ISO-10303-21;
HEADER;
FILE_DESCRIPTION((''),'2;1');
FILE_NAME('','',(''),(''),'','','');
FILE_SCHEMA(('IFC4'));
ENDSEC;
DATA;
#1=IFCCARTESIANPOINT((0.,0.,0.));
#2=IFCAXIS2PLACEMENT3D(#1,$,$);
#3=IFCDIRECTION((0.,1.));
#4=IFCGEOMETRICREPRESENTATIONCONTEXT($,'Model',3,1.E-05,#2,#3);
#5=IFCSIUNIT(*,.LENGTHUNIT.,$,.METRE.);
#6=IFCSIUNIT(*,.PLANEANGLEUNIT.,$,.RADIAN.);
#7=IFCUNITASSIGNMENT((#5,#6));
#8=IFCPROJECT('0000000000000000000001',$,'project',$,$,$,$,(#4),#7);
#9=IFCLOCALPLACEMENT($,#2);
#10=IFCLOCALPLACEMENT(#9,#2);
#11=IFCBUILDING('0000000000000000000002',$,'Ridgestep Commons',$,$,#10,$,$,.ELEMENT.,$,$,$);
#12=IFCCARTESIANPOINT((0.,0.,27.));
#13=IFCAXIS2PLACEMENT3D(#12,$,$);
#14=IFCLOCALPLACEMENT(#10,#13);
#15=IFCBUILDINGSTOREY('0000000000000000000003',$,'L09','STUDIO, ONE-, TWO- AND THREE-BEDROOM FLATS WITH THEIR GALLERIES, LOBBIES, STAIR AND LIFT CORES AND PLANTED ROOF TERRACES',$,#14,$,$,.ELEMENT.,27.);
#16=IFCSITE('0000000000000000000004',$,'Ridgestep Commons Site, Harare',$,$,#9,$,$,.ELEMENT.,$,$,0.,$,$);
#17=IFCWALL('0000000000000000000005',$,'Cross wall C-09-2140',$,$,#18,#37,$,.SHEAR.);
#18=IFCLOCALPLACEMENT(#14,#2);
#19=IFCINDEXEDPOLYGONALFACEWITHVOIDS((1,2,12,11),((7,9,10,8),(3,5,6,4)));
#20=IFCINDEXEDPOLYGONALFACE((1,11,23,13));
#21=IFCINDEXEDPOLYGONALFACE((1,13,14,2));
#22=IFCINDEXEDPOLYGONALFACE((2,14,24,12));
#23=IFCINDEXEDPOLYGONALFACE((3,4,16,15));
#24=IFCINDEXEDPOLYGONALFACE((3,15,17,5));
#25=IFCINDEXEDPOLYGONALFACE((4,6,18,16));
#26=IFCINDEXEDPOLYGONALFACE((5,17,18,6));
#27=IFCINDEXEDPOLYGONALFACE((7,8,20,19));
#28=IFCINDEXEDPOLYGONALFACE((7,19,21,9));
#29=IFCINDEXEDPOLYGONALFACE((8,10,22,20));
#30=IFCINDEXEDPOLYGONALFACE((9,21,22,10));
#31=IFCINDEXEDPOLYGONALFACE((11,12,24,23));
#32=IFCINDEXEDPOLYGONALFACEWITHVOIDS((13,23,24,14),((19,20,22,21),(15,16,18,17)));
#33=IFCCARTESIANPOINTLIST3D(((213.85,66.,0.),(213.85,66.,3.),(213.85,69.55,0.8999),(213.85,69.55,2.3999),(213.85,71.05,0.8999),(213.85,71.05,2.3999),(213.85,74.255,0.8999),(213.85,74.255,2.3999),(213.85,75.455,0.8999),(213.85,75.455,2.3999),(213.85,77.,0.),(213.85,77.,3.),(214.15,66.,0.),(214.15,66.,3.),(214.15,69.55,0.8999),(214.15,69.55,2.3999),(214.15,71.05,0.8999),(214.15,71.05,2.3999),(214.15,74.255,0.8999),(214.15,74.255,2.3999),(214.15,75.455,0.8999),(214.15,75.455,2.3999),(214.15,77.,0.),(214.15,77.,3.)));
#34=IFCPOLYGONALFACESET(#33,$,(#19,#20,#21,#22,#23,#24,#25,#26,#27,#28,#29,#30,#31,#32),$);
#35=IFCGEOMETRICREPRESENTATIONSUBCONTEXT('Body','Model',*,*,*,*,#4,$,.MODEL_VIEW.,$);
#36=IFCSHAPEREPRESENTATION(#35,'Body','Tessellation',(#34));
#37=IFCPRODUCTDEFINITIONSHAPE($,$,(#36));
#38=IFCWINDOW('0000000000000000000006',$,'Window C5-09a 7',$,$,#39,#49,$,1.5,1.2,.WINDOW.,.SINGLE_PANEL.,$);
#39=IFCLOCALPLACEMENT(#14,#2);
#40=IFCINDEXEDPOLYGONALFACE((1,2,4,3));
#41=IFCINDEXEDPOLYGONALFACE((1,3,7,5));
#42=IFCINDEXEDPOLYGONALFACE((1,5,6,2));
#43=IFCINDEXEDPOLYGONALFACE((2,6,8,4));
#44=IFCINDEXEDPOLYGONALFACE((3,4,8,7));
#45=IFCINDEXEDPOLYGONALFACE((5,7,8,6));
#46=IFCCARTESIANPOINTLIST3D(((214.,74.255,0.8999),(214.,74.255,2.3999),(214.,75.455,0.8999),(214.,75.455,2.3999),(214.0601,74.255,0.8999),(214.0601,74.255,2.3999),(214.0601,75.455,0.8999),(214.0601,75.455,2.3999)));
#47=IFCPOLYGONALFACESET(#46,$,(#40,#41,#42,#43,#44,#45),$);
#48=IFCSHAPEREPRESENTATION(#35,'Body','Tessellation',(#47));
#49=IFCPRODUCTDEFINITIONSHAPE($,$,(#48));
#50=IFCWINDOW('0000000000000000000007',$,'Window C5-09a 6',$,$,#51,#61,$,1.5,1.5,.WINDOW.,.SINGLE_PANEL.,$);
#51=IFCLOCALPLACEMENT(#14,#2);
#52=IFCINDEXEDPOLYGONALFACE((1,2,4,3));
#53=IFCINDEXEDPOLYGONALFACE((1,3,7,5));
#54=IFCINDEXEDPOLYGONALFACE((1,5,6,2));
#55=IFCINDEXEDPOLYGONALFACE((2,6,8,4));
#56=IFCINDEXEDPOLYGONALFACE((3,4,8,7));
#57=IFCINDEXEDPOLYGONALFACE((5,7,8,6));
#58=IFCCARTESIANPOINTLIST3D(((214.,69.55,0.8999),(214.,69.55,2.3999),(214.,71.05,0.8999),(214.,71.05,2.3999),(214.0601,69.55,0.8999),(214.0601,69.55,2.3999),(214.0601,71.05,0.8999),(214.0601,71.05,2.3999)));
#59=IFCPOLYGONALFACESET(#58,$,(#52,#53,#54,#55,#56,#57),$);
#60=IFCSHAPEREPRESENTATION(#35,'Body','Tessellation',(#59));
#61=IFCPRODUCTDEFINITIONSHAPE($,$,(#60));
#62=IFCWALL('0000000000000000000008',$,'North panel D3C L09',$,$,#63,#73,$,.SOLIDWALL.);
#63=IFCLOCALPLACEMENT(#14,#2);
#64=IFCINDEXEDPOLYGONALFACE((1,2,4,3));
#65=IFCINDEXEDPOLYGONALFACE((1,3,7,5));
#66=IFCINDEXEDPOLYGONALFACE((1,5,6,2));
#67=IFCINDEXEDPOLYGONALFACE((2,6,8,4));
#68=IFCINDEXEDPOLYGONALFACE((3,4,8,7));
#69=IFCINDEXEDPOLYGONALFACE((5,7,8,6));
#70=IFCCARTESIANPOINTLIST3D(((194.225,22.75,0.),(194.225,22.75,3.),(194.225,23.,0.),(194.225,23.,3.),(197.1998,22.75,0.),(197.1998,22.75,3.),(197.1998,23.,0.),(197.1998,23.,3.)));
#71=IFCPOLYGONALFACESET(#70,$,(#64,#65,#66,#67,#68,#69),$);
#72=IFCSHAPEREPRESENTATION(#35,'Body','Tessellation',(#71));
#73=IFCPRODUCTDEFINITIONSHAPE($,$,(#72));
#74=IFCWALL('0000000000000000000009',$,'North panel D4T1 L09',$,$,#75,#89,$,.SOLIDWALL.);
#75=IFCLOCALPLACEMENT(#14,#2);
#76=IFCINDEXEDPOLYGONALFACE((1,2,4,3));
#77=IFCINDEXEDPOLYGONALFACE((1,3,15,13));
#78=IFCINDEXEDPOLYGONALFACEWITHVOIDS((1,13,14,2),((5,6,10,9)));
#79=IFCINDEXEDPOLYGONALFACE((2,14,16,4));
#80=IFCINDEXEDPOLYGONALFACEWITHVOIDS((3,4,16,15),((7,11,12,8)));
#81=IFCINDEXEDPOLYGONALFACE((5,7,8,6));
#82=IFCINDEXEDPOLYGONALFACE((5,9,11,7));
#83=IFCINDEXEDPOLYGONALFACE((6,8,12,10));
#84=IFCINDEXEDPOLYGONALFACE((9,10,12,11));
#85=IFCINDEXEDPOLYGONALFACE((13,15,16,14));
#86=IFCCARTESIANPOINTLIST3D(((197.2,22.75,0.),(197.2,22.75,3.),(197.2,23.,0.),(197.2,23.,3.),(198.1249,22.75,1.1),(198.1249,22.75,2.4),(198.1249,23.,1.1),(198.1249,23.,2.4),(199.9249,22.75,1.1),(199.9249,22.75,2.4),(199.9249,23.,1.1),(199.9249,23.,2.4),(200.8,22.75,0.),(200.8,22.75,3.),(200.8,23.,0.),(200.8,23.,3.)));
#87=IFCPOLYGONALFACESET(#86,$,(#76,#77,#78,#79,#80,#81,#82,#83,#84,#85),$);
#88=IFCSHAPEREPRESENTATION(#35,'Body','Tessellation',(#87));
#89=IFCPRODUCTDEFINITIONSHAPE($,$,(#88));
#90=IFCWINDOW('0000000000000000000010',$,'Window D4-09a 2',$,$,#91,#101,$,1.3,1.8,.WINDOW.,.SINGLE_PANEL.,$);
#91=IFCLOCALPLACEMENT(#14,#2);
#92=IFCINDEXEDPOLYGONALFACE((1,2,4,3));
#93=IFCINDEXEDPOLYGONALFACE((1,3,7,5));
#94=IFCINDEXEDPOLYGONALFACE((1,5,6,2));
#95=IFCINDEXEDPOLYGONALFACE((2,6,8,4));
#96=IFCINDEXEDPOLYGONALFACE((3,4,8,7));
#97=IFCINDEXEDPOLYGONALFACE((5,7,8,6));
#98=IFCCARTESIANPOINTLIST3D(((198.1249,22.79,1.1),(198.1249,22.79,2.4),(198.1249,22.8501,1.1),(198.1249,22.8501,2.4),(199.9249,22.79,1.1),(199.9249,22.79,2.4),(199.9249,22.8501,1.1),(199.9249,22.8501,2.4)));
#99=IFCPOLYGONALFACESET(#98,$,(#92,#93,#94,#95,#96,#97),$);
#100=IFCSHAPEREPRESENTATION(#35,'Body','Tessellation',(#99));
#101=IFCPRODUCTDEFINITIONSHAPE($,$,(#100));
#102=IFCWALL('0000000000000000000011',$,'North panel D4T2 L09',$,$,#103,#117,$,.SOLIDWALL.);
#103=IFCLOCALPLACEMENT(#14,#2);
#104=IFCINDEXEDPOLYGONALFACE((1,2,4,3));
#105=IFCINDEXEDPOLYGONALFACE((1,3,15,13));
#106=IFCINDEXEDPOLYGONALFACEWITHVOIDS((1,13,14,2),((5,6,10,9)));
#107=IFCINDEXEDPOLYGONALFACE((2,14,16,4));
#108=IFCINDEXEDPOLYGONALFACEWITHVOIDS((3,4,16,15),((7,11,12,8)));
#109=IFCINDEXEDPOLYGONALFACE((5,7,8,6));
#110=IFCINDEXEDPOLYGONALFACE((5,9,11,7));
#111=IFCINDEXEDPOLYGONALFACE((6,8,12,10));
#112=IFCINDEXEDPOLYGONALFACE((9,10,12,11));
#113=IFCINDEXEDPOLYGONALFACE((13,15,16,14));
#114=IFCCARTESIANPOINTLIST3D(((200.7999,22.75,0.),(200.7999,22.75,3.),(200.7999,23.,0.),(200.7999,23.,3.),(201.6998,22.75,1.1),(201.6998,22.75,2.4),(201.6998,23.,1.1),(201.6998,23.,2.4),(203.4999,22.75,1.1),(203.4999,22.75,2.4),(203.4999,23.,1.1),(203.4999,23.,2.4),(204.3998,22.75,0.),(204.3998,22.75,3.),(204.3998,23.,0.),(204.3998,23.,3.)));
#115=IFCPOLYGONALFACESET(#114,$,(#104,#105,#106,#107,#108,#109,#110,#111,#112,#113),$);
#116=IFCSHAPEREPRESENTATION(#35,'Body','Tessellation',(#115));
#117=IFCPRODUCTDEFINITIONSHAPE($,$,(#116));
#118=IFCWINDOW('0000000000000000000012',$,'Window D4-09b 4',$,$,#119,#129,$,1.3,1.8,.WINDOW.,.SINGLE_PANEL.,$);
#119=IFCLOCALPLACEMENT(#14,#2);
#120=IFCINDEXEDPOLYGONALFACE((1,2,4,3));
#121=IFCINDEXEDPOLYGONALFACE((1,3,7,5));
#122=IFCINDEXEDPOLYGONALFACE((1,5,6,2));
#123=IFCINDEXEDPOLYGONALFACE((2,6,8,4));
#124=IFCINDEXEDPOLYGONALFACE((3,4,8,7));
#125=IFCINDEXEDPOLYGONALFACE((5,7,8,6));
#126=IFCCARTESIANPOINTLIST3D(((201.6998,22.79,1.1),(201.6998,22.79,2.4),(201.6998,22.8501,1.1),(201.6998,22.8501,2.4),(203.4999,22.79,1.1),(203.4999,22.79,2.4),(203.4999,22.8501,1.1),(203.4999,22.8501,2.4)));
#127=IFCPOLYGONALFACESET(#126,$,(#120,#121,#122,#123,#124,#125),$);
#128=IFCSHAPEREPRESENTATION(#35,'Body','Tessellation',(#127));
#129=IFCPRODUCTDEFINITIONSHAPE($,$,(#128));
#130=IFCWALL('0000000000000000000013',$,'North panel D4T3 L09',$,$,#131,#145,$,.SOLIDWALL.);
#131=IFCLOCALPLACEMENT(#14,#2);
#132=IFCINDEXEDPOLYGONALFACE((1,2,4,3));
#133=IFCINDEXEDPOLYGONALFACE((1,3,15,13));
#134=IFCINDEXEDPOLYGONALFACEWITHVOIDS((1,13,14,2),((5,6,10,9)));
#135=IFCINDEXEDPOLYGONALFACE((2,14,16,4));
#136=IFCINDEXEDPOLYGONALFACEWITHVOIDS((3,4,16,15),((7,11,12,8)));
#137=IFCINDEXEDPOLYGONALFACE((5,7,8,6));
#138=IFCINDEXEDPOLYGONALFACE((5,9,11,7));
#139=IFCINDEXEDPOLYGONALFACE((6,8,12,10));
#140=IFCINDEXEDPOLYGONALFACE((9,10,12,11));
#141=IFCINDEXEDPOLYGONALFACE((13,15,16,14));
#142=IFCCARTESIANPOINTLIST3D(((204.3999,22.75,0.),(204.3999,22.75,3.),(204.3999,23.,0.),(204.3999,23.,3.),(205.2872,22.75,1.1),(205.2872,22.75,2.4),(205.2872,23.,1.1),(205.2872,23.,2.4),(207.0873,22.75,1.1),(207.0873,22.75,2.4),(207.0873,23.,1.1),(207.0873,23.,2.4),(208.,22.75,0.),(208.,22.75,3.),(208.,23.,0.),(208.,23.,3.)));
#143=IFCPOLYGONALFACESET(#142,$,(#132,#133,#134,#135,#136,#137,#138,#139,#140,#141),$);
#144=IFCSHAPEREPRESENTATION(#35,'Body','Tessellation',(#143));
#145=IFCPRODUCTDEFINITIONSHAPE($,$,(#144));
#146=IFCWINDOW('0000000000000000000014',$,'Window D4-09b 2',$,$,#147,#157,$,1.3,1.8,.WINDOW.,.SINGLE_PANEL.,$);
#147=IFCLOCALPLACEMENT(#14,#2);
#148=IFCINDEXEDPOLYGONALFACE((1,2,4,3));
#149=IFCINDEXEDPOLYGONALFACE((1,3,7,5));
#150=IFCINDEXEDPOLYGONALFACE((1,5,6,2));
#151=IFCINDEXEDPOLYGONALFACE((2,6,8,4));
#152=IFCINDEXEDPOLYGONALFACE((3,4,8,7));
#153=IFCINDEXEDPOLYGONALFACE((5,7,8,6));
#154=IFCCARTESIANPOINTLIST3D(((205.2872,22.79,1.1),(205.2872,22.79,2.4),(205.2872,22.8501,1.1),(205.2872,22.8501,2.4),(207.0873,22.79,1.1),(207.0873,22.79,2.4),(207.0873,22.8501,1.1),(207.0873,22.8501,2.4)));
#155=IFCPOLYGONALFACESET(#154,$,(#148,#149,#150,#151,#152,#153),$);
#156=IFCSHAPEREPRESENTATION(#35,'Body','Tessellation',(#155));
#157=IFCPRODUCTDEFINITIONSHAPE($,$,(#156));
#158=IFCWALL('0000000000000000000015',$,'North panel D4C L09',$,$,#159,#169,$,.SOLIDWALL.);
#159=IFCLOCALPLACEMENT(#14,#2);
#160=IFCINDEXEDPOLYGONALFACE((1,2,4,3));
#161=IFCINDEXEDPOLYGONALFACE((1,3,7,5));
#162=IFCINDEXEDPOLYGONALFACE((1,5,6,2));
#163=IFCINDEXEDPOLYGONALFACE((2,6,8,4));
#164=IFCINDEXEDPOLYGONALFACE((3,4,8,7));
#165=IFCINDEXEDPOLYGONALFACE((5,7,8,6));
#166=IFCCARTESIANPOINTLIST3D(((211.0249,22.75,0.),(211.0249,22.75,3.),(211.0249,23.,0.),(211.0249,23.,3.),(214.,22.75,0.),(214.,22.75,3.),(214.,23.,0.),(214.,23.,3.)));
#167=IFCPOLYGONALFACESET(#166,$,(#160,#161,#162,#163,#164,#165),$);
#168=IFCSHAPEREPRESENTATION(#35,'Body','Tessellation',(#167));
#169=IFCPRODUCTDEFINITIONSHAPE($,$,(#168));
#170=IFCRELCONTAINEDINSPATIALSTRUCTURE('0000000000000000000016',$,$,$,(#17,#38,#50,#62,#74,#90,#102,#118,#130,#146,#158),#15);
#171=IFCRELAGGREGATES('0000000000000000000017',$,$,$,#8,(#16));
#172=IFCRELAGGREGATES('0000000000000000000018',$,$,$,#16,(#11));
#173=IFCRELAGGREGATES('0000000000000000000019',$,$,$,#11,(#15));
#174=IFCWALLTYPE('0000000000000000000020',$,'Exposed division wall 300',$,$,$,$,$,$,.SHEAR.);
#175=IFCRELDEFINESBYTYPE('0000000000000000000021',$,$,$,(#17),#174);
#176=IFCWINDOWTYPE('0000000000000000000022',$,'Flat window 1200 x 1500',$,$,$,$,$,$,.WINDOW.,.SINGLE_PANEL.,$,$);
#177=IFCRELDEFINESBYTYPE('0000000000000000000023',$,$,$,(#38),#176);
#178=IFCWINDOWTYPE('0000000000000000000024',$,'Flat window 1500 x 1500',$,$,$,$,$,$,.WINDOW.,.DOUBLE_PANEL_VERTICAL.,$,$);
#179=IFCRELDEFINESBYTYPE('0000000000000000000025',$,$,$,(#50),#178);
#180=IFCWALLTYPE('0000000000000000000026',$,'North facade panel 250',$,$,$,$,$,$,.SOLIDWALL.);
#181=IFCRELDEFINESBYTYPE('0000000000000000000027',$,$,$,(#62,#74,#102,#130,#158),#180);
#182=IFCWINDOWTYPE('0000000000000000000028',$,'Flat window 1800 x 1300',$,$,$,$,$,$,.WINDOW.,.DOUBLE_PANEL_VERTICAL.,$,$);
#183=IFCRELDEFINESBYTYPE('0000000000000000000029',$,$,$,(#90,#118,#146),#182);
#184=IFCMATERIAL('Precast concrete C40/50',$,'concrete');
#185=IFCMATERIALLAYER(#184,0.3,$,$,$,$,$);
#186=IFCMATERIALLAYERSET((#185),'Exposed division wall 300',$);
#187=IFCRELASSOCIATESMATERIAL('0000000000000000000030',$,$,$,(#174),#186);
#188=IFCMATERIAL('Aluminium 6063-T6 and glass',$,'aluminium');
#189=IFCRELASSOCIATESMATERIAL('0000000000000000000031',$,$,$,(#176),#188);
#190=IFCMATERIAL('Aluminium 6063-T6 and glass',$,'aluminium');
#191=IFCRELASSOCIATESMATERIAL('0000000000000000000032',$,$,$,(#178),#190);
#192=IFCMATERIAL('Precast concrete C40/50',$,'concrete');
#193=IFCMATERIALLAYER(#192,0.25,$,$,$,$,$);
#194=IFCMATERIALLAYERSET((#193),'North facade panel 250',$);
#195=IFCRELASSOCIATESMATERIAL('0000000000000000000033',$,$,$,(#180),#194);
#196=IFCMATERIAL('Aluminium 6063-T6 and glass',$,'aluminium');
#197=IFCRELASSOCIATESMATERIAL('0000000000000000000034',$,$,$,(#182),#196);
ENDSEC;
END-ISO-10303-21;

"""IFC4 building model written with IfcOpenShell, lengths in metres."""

from ifc_helpers import new_model, si_unit, direction, frame, frame_2d, origin, place, context, subcontext, project, spatial, rectangle, extrude, material, layer, layer_set, type_object, element, fill, save


model = new_model("IFC4")

# Units and contexts
model_context = context("Model", 3, precision=1e-05, world=origin(), true_north=direction((0.0, 1.0)))
body_context = subcontext(model_context, "Body", "Model", "MODEL_VIEW")
ifc_project = project(units=[si_unit("LENGTHUNIT", "METRE"), si_unit("PLANEANGLEUNIT", "RADIAN")], contexts=[model_context])

# Site, building, storey
site_placement = place(None, origin())
site = spatial("IfcSite", under=ifc_project, at=site_placement, Name="Ridgestep Commons Site, Harare", CompositionType="ELEMENT", RefElevation=0.0)
building_placement = place(site_placement, origin())
building = spatial("IfcBuilding", under=site, at=building_placement, Name="Ridgestep Commons", CompositionType="ELEMENT")
storey_placement = place(building_placement, frame((0.0, 0.0, 27.0)))
storey = spatial("IfcBuildingStorey", under=building, at=storey_placement, Name="L09", Description="STUDIO, ONE-, TWO- AND THREE-BEDROOM FLATS WITH THEIR GALLERIES, LOBBIES, STAIR AND LIFT CORES AND PLANTED ROOF TERRACES", CompositionType="ELEMENT", Elevation=27.0)

# Wall, openings, windows
ifc_material_1 = material(Name="Precast concrete C40/50", Category="concrete")
ifc_layer_1 = layer(ifc_material_1, 0.3)
ifc_layer_set_1 = layer_set([ifc_layer_1], Name="Exposed division wall 300")
wall_type_1 = type_object("IfcWallType", Name="Exposed division wall 300", PredefinedType="SHEAR", material=ifc_layer_set_1)
wall_1_placement = place(storey_placement, frame((214.0, 66.0, 0.0), z_axis=(0.0, 0.0, 1.0), x_axis=(0.0, 1.0, 0.0)))
wall_1 = element("IfcWall", 1, at=wall_1_placement, inside=storey, type_object=wall_type_1, Name="Cross wall C-09-2140", PredefinedType="SHEAR", context=body_context, shape_type="SweptSolid", body=[
    extrude(rectangle(XDim=11.0, YDim=0.3, at=frame_2d((5.5, 0.0))), origin(), (0.0, 0.0, 1.0), 3.0),
])
opening_1_placement = place(wall_1_placement, frame((3.55, 0.0, 0.8999)))
opening_1 = element("IfcOpeningElement", 2, at=opening_1_placement, cuts=wall_1, PredefinedType="OPENING", context=body_context, shape_type="SweptSolid", body=[
    extrude(rectangle(XDim=1.5, YDim=1.5, at=frame_2d((0.75, 0.75))), frame((0.0, 0.1599, 0.0), z_axis=(0.0, -1.0, 0.0), x_axis=(1.0, 0.0, 0.0)), (0.0, 0.0, 1.0), 0.3201),
])
opening_2_placement = place(wall_1_placement, frame((8.2549, 0.0, 0.8999)))
opening_2 = element("IfcOpeningElement", 3, at=opening_2_placement, cuts=wall_1, PredefinedType="OPENING", context=body_context, shape_type="SweptSolid", body=[
    extrude(rectangle(XDim=1.2, YDim=1.5, at=frame_2d((0.6001, 0.75))), frame((0.0, 0.1599, 0.0), z_axis=(0.0, -1.0, 0.0), x_axis=(1.0, 0.0, 0.0)), (0.0, 0.0, 1.0), 0.3201),
])
ifc_material_2 = material(Name="Aluminium 6063-T6 and glass", Category="aluminium")
window_type_1 = type_object("IfcWindowType", Name="Flat window 1200 x 1500", PartitioningType="SINGLE_PANEL", PredefinedType="WINDOW", material=ifc_material_2)
window_1_placement = place(opening_2_placement, origin())
window_1 = element("IfcWindow", 4, at=window_1_placement, inside=storey, type_object=window_type_1, Name="Window C5-09a 7", OverallHeight=1.5, OverallWidth=1.2, PartitioningType="SINGLE_PANEL", PredefinedType="WINDOW", context=body_context, shape_type="SweptSolid", body=[
    extrude(rectangle(XDim=1.2, YDim=1.5, at=frame_2d((0.6001, 0.75))), frame((0.0, 0.0, 0.0), z_axis=(0.0, -1.0, 0.0), x_axis=(1.0, 0.0, 0.0)), (0.0, 0.0, 1.0), 0.0601),
])
fill(opening_2, window_1)
ifc_material_3 = material(Name="Aluminium 6063-T6 and glass", Category="aluminium")
window_type_2 = type_object("IfcWindowType", Name="Flat window 1500 x 1500", PartitioningType="DOUBLE_PANEL_VERTICAL", PredefinedType="WINDOW", material=ifc_material_3)
window_2_placement = place(opening_1_placement, origin())
window_2 = element("IfcWindow", 5, at=window_2_placement, inside=storey, type_object=window_type_2, Name="Window C5-09a 6", OverallHeight=1.5, OverallWidth=1.5, PartitioningType="SINGLE_PANEL", PredefinedType="WINDOW", context=body_context, shape_type="SweptSolid", body=[
    extrude(rectangle(XDim=1.5, YDim=1.5, at=frame_2d((0.75, 0.75))), frame((0.0, 0.0, 0.0), z_axis=(0.0, -1.0, 0.0), x_axis=(1.0, 0.0, 0.0)), (0.0, 0.0, 1.0), 0.0601),
])
fill(opening_1, window_2)

# Wall
ifc_material_4 = material(Name="Precast concrete C40/50", Category="concrete")
ifc_layer_2 = layer(ifc_material_4, 0.25)
ifc_layer_set_2 = layer_set([ifc_layer_2], Name="North facade panel 250")
wall_type_2 = type_object("IfcWallType", Name="North facade panel 250", PredefinedType="SOLIDWALL", material=ifc_layer_set_2)
wall_2_placement = place(storey_placement, frame((194.2251, 22.875, 0.0), z_axis=(0.0, 0.0, 1.0), x_axis=(1.0, 0.0, 0.0)))
element("IfcWall", 6, at=wall_2_placement, inside=storey, type_object=wall_type_2, Name="North panel D3C L09", PredefinedType="SOLIDWALL", context=body_context, shape_type="SweptSolid", body=[
    extrude(rectangle(XDim=2.9749, YDim=0.25, at=frame_2d((1.4873, 0.0))), origin(), (0.0, 0.0, 1.0), 3.0),
])

# Walls, openings, windows
wall_3_placement = place(storey_placement, frame((197.2, 22.875, 0.0), z_axis=(0.0, 0.0, 1.0), x_axis=(1.0, 0.0, 0.0)))
wall_3 = element("IfcWall", 7, at=wall_3_placement, inside=storey, type_object=wall_type_2, Name="North panel D4T1 L09", PredefinedType="SOLIDWALL", context=body_context, shape_type="SweptSolid", body=[
    extrude(rectangle(XDim=3.6001, YDim=0.25, at=frame_2d((1.8, 0.0))), origin(), (0.0, 0.0, 1.0), 3.0),
])
opening_3_placement = place(wall_3_placement, frame((0.925, 0.0, 1.1001)))
opening_3 = element("IfcOpeningElement", 8, at=opening_3_placement, cuts=wall_3, PredefinedType="OPENING", context=body_context, shape_type="SweptSolid", body=[
    extrude(rectangle(XDim=1.8, YDim=1.3, at=frame_2d((0.8999, 0.6499))), frame((0.0, 0.135, 0.0), z_axis=(0.0, -1.0, 0.0), x_axis=(1.0, 0.0, 0.0)), (0.0, 0.0, 1.0), 0.27),
])
ifc_material_5 = material(Name="Aluminium 6063-T6 and glass", Category="aluminium")
window_type_3 = type_object("IfcWindowType", Name="Flat window 1800 x 1300", PartitioningType="DOUBLE_PANEL_VERTICAL", PredefinedType="WINDOW", material=ifc_material_5)
window_3_placement = place(opening_3_placement, origin())
window_3 = element("IfcWindow", 9, at=window_3_placement, inside=storey, type_object=window_type_3, Name="Window D4-09a 2", OverallHeight=1.3, OverallWidth=1.8, PartitioningType="SINGLE_PANEL", PredefinedType="WINDOW", context=body_context, shape_type="SweptSolid", body=[
    extrude(rectangle(XDim=1.8, YDim=1.3, at=frame_2d((0.8999, 0.6499))), frame((0.0, -0.0249, 0.0), z_axis=(0.0, -1.0, 0.0), x_axis=(1.0, 0.0, 0.0)), (0.0, 0.0, 1.0), 0.0601),
])
fill(opening_3, window_3)
wall_4_placement = place(storey_placement, frame((200.8, 22.875, 0.0), z_axis=(0.0, 0.0, 1.0), x_axis=(1.0, 0.0, 0.0)))
wall_4 = element("IfcWall", 10, at=wall_4_placement, inside=storey, type_object=wall_type_2, Name="North panel D4T2 L09", PredefinedType="SOLIDWALL", context=body_context, shape_type="SweptSolid", body=[
    extrude(rectangle(XDim=3.5999, YDim=0.25, at=frame_2d((1.7998, 0.0))), origin(), (0.0, 0.0, 1.0), 3.0),
])
opening_4_placement = place(wall_4_placement, frame((0.8999, 0.0, 1.1001)))
opening_4 = element("IfcOpeningElement", 11, at=opening_4_placement, cuts=wall_4, PredefinedType="OPENING", context=body_context, shape_type="SweptSolid", body=[
    extrude(rectangle(XDim=1.8, YDim=1.3, at=frame_2d((0.8999, 0.6499))), frame((0.0, 0.135, 0.0), z_axis=(0.0, -1.0, 0.0), x_axis=(1.0, 0.0, 0.0)), (0.0, 0.0, 1.0), 0.27),
])
window_4_placement = place(opening_4_placement, origin())
window_4 = element("IfcWindow", 12, at=window_4_placement, inside=storey, type_object=window_type_3, Name="Window D4-09b 4", OverallHeight=1.3, OverallWidth=1.8, PartitioningType="SINGLE_PANEL", PredefinedType="WINDOW", context=body_context, shape_type="SweptSolid", body=[
    extrude(rectangle(XDim=1.8, YDim=1.3, at=frame_2d((0.8999, 0.6499))), frame((0.0, -0.0249, 0.0), z_axis=(0.0, -1.0, 0.0), x_axis=(1.0, 0.0, 0.0)), (0.0, 0.0, 1.0), 0.0601),
])
fill(opening_4, window_4)
wall_5_placement = place(storey_placement, frame((204.3999, 22.875, 0.0), z_axis=(0.0, 0.0, 1.0), x_axis=(1.0, 0.0, 0.0)))
wall_5 = element("IfcWall", 13, at=wall_5_placement, inside=storey, type_object=wall_type_2, Name="North panel D4T3 L09", PredefinedType="SOLIDWALL", context=body_context, shape_type="SweptSolid", body=[
    extrude(rectangle(XDim=3.6001, YDim=0.25, at=frame_2d((1.8, 0.0))), origin(), (0.0, 0.0, 1.0), 3.0),
])
opening_5_placement = place(wall_5_placement, frame((0.8875, 0.0, 1.1001)))
opening_5 = element("IfcOpeningElement", 14, at=opening_5_placement, cuts=wall_5, PredefinedType="OPENING", context=body_context, shape_type="SweptSolid", body=[
    extrude(rectangle(XDim=1.8, YDim=1.3, at=frame_2d((0.8999, 0.6499))), frame((0.0, 0.135, 0.0), z_axis=(0.0, -1.0, 0.0), x_axis=(1.0, 0.0, 0.0)), (0.0, 0.0, 1.0), 0.27),
])
window_5_placement = place(opening_5_placement, origin())
window_5 = element("IfcWindow", 15, at=window_5_placement, inside=storey, type_object=window_type_3, Name="Window D4-09b 2", OverallHeight=1.3, OverallWidth=1.8, PartitioningType="SINGLE_PANEL", PredefinedType="WINDOW", context=body_context, shape_type="SweptSolid", body=[
    extrude(rectangle(XDim=1.8, YDim=1.3, at=frame_2d((0.8999, 0.6499))), frame((0.0, -0.0249, 0.0), z_axis=(0.0, -1.0, 0.0), x_axis=(1.0, 0.0, 0.0)), (0.0, 0.0, 1.0), 0.0601),
])
fill(opening_5, window_5)

# Wall
for number, where, z_axis, x_axis, name in (
    (16, (211.0249, 22.875, 0.0), (0.0, 0.0, 1.0), (1.0, 0.0, 0.0), "North panel D4C L09"),
):
    element("IfcWall", number, at=place(storey_placement, frame(where, z_axis=z_axis, x_axis=x_axis)), inside=storey, type_object=wall_type_2, Name=name, PredefinedType="SOLIDWALL", context=body_context, shape_type="SweptSolid", body=[
        extrude(rectangle(XDim=2.9751, YDim=0.25, at=frame_2d((1.4875, 0.0))), origin(), (0.0, 0.0, 1.0), 3.0),
    ])

save(model, "model.ifc")
